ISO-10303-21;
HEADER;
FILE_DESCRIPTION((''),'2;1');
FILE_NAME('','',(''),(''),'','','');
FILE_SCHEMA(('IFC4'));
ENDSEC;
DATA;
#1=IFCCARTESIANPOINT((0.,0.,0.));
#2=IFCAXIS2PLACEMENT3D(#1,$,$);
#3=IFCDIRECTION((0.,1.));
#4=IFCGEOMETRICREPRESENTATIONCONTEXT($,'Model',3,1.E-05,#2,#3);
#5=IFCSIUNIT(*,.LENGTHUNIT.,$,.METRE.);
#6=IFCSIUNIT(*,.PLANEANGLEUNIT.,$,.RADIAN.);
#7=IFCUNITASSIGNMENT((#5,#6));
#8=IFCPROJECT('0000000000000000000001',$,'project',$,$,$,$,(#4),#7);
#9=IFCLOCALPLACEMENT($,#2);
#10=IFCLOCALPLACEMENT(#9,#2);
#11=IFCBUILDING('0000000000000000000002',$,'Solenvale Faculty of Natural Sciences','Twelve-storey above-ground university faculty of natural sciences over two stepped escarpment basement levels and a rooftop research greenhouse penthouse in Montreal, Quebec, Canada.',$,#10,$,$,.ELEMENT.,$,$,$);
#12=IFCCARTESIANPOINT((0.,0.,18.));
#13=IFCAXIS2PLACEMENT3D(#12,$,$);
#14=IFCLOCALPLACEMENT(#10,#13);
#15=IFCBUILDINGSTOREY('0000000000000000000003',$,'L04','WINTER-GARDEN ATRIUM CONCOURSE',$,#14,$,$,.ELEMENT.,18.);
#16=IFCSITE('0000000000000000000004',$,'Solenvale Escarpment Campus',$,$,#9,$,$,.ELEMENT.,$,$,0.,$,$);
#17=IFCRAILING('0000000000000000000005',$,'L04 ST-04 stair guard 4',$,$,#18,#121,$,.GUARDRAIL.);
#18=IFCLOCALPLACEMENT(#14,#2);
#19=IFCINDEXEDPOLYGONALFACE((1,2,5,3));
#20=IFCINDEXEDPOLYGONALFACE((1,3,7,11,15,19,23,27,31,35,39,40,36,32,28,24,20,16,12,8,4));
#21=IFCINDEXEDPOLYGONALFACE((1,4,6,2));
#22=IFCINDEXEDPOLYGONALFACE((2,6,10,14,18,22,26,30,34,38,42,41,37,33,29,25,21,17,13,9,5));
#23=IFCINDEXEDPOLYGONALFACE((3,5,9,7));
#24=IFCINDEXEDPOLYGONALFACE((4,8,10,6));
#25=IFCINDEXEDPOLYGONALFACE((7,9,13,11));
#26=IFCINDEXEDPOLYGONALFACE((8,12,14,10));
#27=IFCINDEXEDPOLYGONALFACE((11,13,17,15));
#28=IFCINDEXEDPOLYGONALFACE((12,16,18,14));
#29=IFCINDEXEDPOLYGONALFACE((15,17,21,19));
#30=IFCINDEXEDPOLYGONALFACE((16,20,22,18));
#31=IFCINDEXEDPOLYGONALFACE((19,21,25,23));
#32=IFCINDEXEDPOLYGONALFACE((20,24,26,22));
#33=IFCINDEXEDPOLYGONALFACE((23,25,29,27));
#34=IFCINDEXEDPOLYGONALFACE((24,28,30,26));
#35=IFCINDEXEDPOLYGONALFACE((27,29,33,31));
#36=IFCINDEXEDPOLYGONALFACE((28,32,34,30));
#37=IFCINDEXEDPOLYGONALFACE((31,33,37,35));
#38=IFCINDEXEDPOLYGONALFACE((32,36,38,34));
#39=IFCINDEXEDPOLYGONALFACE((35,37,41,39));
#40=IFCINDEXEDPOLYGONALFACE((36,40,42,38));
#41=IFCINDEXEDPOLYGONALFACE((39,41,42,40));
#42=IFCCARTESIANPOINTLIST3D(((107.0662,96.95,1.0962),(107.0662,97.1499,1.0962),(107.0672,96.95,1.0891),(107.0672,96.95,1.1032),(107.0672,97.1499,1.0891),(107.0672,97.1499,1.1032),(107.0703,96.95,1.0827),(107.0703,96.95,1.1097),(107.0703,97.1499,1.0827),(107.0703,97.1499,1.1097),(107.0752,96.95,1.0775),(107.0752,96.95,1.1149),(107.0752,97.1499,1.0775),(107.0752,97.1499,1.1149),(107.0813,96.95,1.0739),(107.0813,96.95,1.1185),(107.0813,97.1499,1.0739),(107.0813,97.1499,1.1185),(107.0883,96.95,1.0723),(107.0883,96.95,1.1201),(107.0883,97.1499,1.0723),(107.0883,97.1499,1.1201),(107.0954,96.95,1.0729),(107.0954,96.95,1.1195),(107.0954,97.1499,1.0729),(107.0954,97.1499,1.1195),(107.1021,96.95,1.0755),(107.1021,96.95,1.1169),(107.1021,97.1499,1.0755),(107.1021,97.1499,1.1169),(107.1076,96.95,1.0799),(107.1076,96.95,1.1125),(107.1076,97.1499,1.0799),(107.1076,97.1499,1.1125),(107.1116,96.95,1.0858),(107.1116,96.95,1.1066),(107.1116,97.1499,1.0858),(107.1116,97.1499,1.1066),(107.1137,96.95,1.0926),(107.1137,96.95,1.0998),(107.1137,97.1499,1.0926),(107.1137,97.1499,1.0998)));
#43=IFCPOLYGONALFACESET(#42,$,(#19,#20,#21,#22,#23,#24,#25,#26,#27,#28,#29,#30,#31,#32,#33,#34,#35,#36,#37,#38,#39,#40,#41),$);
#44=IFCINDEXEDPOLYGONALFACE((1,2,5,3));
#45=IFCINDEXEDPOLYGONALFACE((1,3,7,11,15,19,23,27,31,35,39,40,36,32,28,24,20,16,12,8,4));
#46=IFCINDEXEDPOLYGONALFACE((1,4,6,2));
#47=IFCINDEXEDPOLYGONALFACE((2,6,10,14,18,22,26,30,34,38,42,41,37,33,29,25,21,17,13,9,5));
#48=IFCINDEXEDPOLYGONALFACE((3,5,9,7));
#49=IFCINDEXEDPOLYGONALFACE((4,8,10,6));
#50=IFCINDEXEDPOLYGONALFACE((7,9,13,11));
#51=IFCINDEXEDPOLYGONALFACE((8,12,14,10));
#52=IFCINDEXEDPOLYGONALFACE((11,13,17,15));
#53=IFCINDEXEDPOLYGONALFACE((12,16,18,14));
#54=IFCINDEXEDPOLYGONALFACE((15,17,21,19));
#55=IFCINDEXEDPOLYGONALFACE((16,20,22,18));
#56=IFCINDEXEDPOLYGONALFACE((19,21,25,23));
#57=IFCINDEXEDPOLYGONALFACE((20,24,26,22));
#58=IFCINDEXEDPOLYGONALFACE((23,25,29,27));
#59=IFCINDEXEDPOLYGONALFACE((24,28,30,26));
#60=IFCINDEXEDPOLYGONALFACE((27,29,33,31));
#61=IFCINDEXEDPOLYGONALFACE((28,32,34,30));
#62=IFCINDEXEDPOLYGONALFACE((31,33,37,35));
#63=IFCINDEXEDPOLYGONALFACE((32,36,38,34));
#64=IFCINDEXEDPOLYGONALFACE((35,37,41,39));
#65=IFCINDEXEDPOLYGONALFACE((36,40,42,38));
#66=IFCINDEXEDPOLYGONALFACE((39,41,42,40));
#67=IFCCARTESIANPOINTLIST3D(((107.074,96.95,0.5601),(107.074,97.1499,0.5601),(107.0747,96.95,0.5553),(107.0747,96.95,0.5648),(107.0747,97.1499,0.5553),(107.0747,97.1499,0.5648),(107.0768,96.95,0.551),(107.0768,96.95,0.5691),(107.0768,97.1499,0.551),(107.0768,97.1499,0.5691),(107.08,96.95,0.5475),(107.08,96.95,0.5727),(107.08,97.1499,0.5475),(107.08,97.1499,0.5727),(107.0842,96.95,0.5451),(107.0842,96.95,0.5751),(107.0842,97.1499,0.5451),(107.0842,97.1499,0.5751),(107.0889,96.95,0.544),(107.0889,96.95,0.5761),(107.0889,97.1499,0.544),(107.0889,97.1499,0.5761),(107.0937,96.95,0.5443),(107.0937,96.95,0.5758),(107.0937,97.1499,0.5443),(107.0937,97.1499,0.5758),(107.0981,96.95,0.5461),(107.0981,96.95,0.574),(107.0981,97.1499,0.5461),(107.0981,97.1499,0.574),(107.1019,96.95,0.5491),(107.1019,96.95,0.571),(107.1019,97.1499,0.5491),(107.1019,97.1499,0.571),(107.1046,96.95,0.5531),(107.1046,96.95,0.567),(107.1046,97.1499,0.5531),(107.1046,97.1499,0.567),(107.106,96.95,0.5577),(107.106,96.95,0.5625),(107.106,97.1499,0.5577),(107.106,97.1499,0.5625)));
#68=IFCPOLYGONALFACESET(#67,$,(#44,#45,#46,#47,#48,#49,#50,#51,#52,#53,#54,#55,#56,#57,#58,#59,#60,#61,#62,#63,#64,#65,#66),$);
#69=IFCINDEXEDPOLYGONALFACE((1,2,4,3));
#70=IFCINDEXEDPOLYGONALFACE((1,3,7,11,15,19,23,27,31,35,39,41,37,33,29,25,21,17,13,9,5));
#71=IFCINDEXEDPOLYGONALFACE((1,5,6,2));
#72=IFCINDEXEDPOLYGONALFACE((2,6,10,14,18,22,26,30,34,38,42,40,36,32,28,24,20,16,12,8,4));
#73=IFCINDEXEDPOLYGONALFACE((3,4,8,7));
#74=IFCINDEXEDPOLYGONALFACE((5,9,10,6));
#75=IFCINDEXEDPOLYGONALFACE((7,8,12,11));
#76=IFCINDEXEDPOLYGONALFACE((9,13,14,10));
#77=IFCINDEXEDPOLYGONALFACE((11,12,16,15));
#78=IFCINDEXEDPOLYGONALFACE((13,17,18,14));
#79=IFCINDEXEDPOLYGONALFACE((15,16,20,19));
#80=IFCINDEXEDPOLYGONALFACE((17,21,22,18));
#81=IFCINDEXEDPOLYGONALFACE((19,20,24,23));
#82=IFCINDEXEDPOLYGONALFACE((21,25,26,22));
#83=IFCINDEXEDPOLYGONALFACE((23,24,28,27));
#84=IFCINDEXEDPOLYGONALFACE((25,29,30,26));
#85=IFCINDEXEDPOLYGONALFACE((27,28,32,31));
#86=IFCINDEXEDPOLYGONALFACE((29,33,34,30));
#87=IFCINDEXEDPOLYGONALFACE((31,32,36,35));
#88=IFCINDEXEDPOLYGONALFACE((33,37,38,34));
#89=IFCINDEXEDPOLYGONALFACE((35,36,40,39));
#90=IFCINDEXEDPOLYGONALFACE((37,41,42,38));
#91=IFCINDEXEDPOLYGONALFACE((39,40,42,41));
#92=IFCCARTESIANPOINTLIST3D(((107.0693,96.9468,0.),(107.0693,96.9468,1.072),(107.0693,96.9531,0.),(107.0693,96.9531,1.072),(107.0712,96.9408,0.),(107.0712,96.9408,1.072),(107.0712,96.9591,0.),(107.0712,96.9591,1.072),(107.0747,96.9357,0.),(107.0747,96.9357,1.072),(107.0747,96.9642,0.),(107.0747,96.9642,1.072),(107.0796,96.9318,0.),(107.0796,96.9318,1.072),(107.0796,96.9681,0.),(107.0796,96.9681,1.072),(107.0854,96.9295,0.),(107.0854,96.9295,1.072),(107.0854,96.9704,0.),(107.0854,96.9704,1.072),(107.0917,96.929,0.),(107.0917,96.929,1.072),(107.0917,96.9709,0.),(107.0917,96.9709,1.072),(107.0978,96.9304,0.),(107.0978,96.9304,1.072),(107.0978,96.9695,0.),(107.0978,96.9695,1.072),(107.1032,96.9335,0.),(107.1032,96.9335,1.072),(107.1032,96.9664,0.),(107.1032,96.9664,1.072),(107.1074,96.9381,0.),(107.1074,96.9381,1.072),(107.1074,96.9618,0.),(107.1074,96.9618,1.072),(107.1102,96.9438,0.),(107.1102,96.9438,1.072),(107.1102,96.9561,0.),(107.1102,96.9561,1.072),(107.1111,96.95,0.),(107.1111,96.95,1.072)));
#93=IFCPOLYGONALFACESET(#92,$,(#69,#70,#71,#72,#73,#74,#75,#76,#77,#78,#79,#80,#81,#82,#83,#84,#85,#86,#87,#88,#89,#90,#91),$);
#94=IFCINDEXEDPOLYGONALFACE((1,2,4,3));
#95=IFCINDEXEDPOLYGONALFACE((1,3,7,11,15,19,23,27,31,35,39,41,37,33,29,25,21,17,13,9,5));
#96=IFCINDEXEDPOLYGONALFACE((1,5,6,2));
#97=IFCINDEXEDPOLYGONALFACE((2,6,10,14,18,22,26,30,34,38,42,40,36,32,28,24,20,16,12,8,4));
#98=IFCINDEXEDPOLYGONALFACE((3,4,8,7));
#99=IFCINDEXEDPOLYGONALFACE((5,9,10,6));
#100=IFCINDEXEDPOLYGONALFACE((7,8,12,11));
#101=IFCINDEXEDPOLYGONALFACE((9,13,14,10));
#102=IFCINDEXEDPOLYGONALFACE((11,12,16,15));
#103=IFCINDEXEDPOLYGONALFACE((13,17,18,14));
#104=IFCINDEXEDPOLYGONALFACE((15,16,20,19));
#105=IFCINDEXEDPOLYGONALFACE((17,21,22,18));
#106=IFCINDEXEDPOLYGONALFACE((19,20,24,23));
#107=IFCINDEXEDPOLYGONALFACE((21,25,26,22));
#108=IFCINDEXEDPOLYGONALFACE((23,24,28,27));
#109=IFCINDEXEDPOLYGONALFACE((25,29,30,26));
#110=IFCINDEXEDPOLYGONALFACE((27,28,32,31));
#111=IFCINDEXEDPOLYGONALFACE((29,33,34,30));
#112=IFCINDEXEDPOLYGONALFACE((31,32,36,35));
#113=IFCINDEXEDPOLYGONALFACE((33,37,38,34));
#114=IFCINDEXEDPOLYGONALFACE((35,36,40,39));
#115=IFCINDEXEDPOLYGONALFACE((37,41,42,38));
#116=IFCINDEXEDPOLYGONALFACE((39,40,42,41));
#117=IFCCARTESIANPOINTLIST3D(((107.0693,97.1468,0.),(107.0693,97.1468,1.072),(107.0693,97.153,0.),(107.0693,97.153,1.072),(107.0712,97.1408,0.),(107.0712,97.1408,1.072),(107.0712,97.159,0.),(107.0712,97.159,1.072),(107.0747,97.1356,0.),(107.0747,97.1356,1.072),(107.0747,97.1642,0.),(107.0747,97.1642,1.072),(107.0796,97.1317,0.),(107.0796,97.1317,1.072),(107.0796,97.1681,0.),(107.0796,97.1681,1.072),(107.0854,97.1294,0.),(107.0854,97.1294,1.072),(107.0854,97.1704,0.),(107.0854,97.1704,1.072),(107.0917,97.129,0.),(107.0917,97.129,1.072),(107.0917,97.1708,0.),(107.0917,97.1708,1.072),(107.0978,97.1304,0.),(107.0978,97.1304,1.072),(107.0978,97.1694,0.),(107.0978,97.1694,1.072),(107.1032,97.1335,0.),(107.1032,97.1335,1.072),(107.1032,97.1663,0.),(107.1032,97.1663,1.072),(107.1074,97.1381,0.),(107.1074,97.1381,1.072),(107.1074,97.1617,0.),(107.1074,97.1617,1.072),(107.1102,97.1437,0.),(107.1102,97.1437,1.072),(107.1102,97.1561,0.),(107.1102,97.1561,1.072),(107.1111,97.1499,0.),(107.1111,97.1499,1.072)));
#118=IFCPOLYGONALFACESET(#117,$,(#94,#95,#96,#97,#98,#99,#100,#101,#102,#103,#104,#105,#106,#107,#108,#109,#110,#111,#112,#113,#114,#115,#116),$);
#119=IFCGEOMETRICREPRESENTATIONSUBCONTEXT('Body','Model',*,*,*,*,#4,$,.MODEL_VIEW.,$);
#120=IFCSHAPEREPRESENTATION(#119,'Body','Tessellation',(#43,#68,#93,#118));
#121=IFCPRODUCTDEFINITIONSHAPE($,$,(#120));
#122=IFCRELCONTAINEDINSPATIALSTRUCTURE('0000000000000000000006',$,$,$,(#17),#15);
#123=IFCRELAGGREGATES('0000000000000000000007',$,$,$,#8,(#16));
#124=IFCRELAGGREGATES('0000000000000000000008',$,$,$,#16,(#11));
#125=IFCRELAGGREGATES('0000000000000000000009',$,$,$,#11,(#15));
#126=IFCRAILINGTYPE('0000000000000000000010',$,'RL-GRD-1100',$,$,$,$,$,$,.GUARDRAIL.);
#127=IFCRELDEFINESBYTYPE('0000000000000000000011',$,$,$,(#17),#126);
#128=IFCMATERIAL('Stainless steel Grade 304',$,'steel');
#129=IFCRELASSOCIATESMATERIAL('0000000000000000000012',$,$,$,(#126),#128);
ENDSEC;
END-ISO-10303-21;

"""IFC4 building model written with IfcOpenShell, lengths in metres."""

from ifc_helpers import new_model, si_unit, direction, frame, origin, origin_2d, place, context, subcontext, project, spatial, circle, extrude, material, type_object, element, save


model = new_model("IFC4")

# Units and contexts
model_context = context("Model", 3, precision=1e-05, world=origin(), true_north=direction((0.0, 1.0)))
body_context = subcontext(model_context, "Body", "Model", "MODEL_VIEW")
ifc_project = project(units=[si_unit("LENGTHUNIT", "METRE"), si_unit("PLANEANGLEUNIT", "RADIAN")], contexts=[model_context])

# Site, building, storey
site_placement = place(None, origin())
site = spatial("IfcSite", under=ifc_project, at=site_placement, Name="Solenvale Escarpment Campus", CompositionType="ELEMENT", RefElevation=0.0)
building_placement = place(site_placement, origin())
building = spatial("IfcBuilding", under=site, at=building_placement, Name="Solenvale Faculty of Natural Sciences", Description="Twelve-storey above-ground university faculty of natural sciences over two stepped escarpment basement levels and a rooftop research greenhouse penthouse in Montreal, Quebec, Canada.", CompositionType="ELEMENT")
storey_placement = place(building_placement, frame((0.0, 0.0, 18.0)))
storey = spatial("IfcBuildingStorey", under=building, at=storey_placement, Name="L04", Description="WINTER-GARDEN ATRIUM CONCOURSE", CompositionType="ELEMENT", Elevation=18.0)

# Railing
ifc_material_1 = material(Name="Stainless steel Grade 304", Category="steel")
railing_type_1 = type_object("IfcRailingType", Name="RL-GRD-1100", PredefinedType="GUARDRAIL", material=ifc_material_1)
railing_1_placement = place(storey_placement, frame((107.0901, 96.95, 0.0)))
element("IfcRailing", 1, at=railing_1_placement, inside=storey, type_object=railing_type_1, Name="L04 ST-04 stair guard 4", PredefinedType="GUARDRAIL", context=body_context, shape_type="SweptSolid", body=[
    extrude(circle(Radius=0.0239, at=origin_2d()), frame((0.0, 0.0, 1.0962), z_axis=(0.0, 1.0, 0.0), x_axis=(-1.0, 0.0, 0.0)), (0.0, 0.0, 1.0), 0.2),
    extrude(circle(Radius=0.0161, at=origin_2d()), frame((0.0, 0.0, 0.5601), z_axis=(0.0, 1.0, 0.0), x_axis=(-1.0, 0.0, 0.0)), (0.0, 0.0, 1.0), 0.2),
    extrude(circle(Radius=0.021, at=origin_2d()), origin(), (0.0, 0.0, 1.0), 1.072),
    extrude(circle(Radius=0.021, at=origin_2d()), frame((0.0, 0.2, 0.0)), (0.0, 0.0, 1.0), 1.072),
])

save(model, "model.ifc")
